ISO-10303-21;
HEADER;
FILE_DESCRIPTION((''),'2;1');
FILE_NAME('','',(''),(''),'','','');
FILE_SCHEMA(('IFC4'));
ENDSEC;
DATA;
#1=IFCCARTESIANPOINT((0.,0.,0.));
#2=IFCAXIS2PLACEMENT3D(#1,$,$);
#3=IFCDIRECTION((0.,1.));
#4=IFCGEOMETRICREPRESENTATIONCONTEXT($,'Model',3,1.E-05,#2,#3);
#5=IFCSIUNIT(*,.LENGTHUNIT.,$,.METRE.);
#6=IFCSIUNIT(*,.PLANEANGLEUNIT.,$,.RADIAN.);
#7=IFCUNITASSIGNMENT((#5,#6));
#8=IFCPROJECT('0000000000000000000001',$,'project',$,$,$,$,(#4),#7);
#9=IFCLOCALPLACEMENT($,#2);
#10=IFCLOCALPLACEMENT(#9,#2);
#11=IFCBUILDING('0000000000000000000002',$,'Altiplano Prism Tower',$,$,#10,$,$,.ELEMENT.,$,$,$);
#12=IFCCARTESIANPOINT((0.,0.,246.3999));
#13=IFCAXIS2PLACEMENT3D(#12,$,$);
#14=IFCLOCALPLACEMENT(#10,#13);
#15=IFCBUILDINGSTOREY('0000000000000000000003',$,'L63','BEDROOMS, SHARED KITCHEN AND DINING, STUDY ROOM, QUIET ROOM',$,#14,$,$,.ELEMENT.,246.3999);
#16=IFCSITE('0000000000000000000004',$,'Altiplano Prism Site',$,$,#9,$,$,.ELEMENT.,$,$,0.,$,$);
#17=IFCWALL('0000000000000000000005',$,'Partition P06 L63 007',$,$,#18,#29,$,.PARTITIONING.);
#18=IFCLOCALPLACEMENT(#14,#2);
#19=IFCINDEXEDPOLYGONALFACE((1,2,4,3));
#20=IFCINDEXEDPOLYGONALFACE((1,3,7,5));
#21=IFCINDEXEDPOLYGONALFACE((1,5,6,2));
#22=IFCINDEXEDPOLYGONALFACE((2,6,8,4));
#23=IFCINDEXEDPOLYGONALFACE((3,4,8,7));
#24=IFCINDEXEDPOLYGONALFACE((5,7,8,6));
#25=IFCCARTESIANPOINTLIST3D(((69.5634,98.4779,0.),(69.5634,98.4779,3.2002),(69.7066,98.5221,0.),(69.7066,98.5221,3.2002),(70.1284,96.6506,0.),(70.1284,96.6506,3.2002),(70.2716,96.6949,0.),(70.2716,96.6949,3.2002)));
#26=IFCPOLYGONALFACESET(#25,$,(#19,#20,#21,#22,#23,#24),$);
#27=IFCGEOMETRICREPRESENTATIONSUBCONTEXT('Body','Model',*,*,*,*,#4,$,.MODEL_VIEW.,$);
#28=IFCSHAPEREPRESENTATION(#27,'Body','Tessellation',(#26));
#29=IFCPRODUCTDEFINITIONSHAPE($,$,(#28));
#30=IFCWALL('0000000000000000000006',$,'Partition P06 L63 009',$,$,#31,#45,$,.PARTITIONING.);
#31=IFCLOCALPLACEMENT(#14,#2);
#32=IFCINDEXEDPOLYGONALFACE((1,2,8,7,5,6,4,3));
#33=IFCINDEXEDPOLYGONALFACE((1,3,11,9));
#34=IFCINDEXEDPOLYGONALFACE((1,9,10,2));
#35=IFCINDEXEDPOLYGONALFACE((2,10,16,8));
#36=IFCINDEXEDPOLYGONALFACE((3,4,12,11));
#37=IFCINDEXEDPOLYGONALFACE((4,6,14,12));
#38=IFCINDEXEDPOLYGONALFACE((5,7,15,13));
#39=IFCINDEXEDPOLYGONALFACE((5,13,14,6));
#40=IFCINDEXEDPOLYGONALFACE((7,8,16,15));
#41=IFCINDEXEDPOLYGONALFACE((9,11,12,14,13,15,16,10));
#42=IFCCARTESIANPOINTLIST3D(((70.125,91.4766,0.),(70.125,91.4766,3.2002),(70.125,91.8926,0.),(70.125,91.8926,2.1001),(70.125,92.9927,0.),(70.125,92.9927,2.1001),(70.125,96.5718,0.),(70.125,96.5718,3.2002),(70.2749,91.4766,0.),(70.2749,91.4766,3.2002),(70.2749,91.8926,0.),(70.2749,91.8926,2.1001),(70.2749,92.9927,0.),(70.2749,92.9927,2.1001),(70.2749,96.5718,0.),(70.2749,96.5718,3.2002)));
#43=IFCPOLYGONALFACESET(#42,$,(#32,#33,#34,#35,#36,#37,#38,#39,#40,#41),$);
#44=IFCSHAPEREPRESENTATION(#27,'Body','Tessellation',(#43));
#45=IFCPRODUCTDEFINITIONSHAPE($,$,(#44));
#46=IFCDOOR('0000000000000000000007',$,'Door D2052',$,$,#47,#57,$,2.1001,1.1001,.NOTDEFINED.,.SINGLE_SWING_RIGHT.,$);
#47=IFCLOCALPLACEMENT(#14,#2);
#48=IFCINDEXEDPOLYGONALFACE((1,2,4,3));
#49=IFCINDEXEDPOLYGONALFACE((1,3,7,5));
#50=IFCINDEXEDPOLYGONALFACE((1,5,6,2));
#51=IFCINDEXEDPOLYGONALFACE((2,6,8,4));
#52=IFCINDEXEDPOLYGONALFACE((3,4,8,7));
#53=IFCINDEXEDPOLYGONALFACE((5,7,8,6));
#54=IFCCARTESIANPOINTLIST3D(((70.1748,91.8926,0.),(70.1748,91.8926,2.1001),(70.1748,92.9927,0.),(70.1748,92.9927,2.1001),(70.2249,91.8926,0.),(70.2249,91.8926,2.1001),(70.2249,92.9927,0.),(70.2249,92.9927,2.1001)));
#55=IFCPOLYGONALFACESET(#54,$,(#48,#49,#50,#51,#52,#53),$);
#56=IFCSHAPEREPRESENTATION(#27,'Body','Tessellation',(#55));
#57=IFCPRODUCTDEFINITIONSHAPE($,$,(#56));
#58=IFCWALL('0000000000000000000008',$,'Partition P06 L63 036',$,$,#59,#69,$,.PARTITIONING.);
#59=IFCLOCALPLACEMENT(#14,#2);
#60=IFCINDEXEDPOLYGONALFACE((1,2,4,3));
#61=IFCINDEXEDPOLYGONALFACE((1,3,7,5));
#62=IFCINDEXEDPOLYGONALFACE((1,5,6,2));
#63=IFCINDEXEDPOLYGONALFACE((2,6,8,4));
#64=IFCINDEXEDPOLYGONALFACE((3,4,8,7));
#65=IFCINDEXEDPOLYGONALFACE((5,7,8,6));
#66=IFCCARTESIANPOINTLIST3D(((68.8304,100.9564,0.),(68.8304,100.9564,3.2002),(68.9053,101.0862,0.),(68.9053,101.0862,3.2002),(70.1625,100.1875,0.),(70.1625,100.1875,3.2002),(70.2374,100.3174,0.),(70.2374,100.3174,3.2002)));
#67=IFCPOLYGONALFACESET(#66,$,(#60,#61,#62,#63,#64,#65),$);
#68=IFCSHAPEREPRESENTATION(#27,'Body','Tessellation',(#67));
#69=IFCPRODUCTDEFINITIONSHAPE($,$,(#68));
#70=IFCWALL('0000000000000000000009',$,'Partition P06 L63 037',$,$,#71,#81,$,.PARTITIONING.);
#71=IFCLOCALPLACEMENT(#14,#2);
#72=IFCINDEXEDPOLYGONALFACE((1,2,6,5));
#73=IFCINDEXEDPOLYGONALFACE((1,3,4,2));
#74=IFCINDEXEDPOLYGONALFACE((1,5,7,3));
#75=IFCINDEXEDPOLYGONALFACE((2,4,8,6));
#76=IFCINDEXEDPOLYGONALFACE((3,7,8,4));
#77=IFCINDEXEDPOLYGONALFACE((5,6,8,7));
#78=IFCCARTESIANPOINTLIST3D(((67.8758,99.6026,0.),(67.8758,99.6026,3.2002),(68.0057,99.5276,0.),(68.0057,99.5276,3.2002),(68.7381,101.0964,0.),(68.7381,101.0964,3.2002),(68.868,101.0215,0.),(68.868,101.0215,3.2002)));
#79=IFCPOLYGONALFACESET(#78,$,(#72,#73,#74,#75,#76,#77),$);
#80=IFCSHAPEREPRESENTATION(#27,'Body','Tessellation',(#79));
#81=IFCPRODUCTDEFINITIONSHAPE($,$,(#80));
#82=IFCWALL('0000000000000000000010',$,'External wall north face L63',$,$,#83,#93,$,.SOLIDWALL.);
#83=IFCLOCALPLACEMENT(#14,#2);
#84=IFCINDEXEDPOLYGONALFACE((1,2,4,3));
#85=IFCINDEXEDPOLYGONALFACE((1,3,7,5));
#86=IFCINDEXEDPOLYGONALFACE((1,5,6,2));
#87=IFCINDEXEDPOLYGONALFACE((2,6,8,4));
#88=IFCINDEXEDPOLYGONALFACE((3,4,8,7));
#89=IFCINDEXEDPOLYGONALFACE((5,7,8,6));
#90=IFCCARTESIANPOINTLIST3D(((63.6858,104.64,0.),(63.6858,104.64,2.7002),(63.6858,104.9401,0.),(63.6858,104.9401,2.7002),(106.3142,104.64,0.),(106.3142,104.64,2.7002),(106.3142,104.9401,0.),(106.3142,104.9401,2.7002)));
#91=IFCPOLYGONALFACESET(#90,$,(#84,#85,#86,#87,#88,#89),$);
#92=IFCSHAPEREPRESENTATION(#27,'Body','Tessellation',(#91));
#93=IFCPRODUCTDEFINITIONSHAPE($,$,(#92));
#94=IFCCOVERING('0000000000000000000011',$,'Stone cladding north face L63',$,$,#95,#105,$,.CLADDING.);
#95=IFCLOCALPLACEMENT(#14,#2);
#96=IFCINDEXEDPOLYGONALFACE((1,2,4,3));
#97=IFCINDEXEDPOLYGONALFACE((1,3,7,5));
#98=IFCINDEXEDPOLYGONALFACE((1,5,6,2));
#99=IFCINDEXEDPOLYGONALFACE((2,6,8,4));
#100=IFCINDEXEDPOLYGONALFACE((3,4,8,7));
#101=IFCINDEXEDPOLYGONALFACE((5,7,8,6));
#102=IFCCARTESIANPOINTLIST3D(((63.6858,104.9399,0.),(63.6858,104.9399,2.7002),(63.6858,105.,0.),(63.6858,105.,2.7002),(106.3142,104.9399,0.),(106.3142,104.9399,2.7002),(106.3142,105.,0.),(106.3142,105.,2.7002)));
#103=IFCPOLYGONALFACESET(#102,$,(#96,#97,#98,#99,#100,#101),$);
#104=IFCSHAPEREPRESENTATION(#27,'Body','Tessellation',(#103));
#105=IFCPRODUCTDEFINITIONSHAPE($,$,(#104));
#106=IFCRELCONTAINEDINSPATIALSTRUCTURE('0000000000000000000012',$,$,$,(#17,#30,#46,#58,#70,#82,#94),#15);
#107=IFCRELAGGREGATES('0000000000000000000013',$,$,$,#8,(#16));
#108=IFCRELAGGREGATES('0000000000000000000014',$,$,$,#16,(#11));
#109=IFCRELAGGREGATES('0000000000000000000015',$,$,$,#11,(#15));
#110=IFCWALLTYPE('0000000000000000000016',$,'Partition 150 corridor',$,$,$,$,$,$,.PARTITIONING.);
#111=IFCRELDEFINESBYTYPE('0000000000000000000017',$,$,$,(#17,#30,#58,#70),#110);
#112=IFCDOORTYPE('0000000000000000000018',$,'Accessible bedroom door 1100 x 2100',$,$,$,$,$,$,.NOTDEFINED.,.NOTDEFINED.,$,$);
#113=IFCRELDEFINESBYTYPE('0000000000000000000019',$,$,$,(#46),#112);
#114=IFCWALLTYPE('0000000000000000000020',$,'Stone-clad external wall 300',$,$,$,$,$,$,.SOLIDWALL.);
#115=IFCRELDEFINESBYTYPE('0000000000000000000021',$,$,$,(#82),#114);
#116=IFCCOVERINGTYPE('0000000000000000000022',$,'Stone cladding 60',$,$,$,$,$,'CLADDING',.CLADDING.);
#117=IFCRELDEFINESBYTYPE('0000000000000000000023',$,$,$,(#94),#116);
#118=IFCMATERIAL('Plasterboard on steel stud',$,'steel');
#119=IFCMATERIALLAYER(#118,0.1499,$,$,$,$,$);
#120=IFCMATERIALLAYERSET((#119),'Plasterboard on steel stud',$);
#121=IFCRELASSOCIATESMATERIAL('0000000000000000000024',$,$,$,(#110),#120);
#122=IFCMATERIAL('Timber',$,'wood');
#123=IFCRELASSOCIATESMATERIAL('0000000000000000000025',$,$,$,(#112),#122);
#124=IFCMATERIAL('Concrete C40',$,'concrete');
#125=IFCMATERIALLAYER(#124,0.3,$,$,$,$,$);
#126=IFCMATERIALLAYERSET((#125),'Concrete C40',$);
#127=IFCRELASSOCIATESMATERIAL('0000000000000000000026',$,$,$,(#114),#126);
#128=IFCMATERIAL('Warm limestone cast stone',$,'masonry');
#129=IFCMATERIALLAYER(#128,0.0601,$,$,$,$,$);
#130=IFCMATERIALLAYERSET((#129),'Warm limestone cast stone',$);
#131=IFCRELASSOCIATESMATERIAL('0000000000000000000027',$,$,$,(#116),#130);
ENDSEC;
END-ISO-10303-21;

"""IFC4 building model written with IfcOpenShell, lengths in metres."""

from ifc_helpers import new_model, si_unit, direction, frame, frame_2d, origin, place, context, subcontext, project, spatial, rectangle, extrude, material, layer, layer_set, type_object, element, fill, save


model = new_model("IFC4")

# Units and contexts
model_context = context("Model", 3, precision=1e-05, world=origin(), true_north=direction((0.0, 1.0)))
body_context = subcontext(model_context, "Body", "Model", "MODEL_VIEW")
ifc_project = project(units=[si_unit("LENGTHUNIT", "METRE"), si_unit("PLANEANGLEUNIT", "RADIAN")], contexts=[model_context])

# Site, building, storey
site_placement = place(None, origin())
site = spatial("IfcSite", under=ifc_project, at=site_placement, Name="Altiplano Prism Site", CompositionType="ELEMENT", RefElevation=0.0)
building_placement = place(site_placement, origin())
building = spatial("IfcBuilding", under=site, at=building_placement, Name="Altiplano Prism Tower", CompositionType="ELEMENT")
storey_placement = place(building_placement, frame((0.0, 0.0, 246.3999)))
storey = spatial("IfcBuildingStorey", under=building, at=storey_placement, Name="L63", Description="BEDROOMS, SHARED KITCHEN AND DINING, STUDY ROOM, QUIET ROOM", CompositionType="ELEMENT", Elevation=246.3999)

# Shared definitions
ifc_material_1 = material(Name="Plasterboard on steel stud", Category="steel")

# Shared definitions
ifc_layer_1 = layer(ifc_material_1, 0.1499)
ifc_layer_set_1 = layer_set([ifc_layer_1], Name="Plasterboard on steel stud")
wall_type_1 = type_object("IfcWallType", Name="Partition 150 corridor", PredefinedType="PARTITIONING", material=ifc_layer_set_1)
ifc_material_2 = material(Name="Timber", Category="wood")

# Wall
wall_1_placement = place(storey_placement, frame((69.635, 98.5, 0.0), z_axis=(0.0, 0.0, 1.0), x_axis=(0.295395, -0.955375, 0.0)))
element("IfcWall", 1, at=wall_1_placement, inside=storey, type_object=wall_type_1, Name="Partition P06 L63 007", PredefinedType="PARTITIONING", context=body_context, shape_type="SweptSolid", body=[
    extrude(rectangle(XDim=1.9126, YDim=0.1499, at=frame_2d((0.9563, 0.0))), origin(), (0.0, 0.0, 1.0), 3.2002),
])

# Wall, opening, door
wall_2_placement = place(storey_placement, frame((70.2, 96.5718, 0.0), z_axis=(0.0, 0.0, 1.0), x_axis=(0.0, -1.0, 0.0)))
wall_2 = element("IfcWall", 2, at=wall_2_placement, inside=storey, type_object=wall_type_1, Name="Partition P06 L63 009", PredefinedType="PARTITIONING", context=body_context, shape_type="SweptSolid", body=[
    extrude(rectangle(XDim=5.0952, YDim=0.1499, at=frame_2d((2.5476, 0.0))), origin(), (0.0, 0.0, 1.0), 3.2002),
])
opening_1_placement = place(wall_2_placement, frame((3.5791, 0.0, 0.0)))
opening_1 = element("IfcOpeningElement", 3, at=opening_1_placement, cuts=wall_2, PredefinedType="OPENING", context=body_context, shape_type="SweptSolid", body=[
    extrude(rectangle(XDim=1.1001, YDim=2.1001, at=frame_2d((0.55, 1.05))), frame((0.0, 0.0854, 0.0), z_axis=(0.0, -1.0, 0.0), x_axis=(1.0, 0.0, 0.0)), (0.0, 0.0, 1.0), 0.1709),
])
door_type_1 = type_object("IfcDoorType", Name="Accessible bedroom door 1100 x 2100", OperationType="NOTDEFINED", PredefinedType="NOTDEFINED", material=ifc_material_2)
door_1_placement = place(opening_1_placement, origin())
door_1 = element("IfcDoor", 4, at=door_1_placement, inside=storey, type_object=door_type_1, Name="Door D2052", OperationType="SINGLE_SWING_RIGHT", OverallHeight=2.1001, OverallWidth=1.1001, PredefinedType="NOTDEFINED", context=body_context, shape_type="SweptSolid", body=[
    extrude(rectangle(XDim=1.1001, YDim=2.1001, at=frame_2d((0.55, 1.05))), frame((0.0, 0.0249, 0.0), z_axis=(0.0, -1.0, 0.0), x_axis=(1.0, 0.0, 0.0)), (0.0, 0.0, 1.0), 0.05),
])
fill(opening_1, door_1)

# Walls
wall_3_placement = place(storey_placement, frame((70.2, 100.2524, 0.0), z_axis=(0.0, 0.0, 1.0), x_axis=(-0.866096, 0.499878, 0.0)))
element("IfcWall", 5, at=wall_3_placement, inside=storey, type_object=wall_type_1, Name="Partition P06 L63 036", PredefinedType="PARTITIONING", context=body_context, shape_type="SweptSolid", body=[
    extrude(rectangle(XDim=1.5381, YDim=0.1499, at=frame_2d((0.769, 0.0))), origin(), (0.0, 0.0, 1.0), 3.2002),
])
wall_4_placement = place(storey_placement, frame((68.803, 101.0588, 0.0), z_axis=(0.0, 0.0, 1.0), x_axis=(-0.499914, -0.866075, 0.0)))
element("IfcWall", 6, at=wall_4_placement, inside=storey, type_object=wall_type_1, Name="Partition P06 L63 037", PredefinedType="PARTITIONING", context=body_context, shape_type="SweptSolid", body=[
    extrude(rectangle(XDim=1.7249, YDim=0.1499, at=frame_2d((0.8623, 0.0))), origin(), (0.0, 0.0, 1.0), 3.2002),
])
ifc_material_3 = material(Name="Concrete C40", Category="concrete")
ifc_layer_2 = layer(ifc_material_3, 0.3)
ifc_layer_set_2 = layer_set([ifc_layer_2], Name="Concrete C40")
wall_type_2 = type_object("IfcWallType", Name="Stone-clad external wall 300", PredefinedType="SOLIDWALL", material=ifc_layer_set_2)
wall_5_placement = place(storey_placement, frame((63.6858, 104.79, 0.0), z_axis=(0.0, 0.0, 1.0), x_axis=(1.0, 0.0, 0.0)))
element("IfcWall", 7, at=wall_5_placement, inside=storey, type_object=wall_type_2, Name="External wall north face L63", PredefinedType="SOLIDWALL", context=body_context, shape_type="SweptSolid", body=[
    extrude(rectangle(XDim=42.6284, YDim=0.3, at=frame_2d((21.3142, 0.0))), origin(), (0.0, 0.0, 1.0), 2.7002),
])

# Covering
ifc_material_4 = material(Name="Warm limestone cast stone", Category="masonry")
ifc_layer_3 = layer(ifc_material_4, 0.0601)
ifc_layer_set_3 = layer_set([ifc_layer_3], Name="Warm limestone cast stone")
covering_type = type_object("IfcCoveringType", Name="Stone cladding 60", ElementType="CLADDING", PredefinedType="CLADDING", material=ifc_layer_set_3)
covering_placement = place(storey_placement, frame((63.6858, 104.97, 0.0), z_axis=(0.0, 0.0, 1.0), x_axis=(1.0, 0.0, 0.0)))
element("IfcCovering", 8, at=covering_placement, inside=storey, type_object=covering_type, Name="Stone cladding north face L63", PredefinedType="CLADDING", context=body_context, shape_type="SweptSolid", body=[
    extrude(rectangle(XDim=42.6284, YDim=0.0601, at=frame_2d((21.3142, 0.0))), origin(), (0.0, 0.0, 1.0), 2.7002),
])

save(model, "model.ifc")
